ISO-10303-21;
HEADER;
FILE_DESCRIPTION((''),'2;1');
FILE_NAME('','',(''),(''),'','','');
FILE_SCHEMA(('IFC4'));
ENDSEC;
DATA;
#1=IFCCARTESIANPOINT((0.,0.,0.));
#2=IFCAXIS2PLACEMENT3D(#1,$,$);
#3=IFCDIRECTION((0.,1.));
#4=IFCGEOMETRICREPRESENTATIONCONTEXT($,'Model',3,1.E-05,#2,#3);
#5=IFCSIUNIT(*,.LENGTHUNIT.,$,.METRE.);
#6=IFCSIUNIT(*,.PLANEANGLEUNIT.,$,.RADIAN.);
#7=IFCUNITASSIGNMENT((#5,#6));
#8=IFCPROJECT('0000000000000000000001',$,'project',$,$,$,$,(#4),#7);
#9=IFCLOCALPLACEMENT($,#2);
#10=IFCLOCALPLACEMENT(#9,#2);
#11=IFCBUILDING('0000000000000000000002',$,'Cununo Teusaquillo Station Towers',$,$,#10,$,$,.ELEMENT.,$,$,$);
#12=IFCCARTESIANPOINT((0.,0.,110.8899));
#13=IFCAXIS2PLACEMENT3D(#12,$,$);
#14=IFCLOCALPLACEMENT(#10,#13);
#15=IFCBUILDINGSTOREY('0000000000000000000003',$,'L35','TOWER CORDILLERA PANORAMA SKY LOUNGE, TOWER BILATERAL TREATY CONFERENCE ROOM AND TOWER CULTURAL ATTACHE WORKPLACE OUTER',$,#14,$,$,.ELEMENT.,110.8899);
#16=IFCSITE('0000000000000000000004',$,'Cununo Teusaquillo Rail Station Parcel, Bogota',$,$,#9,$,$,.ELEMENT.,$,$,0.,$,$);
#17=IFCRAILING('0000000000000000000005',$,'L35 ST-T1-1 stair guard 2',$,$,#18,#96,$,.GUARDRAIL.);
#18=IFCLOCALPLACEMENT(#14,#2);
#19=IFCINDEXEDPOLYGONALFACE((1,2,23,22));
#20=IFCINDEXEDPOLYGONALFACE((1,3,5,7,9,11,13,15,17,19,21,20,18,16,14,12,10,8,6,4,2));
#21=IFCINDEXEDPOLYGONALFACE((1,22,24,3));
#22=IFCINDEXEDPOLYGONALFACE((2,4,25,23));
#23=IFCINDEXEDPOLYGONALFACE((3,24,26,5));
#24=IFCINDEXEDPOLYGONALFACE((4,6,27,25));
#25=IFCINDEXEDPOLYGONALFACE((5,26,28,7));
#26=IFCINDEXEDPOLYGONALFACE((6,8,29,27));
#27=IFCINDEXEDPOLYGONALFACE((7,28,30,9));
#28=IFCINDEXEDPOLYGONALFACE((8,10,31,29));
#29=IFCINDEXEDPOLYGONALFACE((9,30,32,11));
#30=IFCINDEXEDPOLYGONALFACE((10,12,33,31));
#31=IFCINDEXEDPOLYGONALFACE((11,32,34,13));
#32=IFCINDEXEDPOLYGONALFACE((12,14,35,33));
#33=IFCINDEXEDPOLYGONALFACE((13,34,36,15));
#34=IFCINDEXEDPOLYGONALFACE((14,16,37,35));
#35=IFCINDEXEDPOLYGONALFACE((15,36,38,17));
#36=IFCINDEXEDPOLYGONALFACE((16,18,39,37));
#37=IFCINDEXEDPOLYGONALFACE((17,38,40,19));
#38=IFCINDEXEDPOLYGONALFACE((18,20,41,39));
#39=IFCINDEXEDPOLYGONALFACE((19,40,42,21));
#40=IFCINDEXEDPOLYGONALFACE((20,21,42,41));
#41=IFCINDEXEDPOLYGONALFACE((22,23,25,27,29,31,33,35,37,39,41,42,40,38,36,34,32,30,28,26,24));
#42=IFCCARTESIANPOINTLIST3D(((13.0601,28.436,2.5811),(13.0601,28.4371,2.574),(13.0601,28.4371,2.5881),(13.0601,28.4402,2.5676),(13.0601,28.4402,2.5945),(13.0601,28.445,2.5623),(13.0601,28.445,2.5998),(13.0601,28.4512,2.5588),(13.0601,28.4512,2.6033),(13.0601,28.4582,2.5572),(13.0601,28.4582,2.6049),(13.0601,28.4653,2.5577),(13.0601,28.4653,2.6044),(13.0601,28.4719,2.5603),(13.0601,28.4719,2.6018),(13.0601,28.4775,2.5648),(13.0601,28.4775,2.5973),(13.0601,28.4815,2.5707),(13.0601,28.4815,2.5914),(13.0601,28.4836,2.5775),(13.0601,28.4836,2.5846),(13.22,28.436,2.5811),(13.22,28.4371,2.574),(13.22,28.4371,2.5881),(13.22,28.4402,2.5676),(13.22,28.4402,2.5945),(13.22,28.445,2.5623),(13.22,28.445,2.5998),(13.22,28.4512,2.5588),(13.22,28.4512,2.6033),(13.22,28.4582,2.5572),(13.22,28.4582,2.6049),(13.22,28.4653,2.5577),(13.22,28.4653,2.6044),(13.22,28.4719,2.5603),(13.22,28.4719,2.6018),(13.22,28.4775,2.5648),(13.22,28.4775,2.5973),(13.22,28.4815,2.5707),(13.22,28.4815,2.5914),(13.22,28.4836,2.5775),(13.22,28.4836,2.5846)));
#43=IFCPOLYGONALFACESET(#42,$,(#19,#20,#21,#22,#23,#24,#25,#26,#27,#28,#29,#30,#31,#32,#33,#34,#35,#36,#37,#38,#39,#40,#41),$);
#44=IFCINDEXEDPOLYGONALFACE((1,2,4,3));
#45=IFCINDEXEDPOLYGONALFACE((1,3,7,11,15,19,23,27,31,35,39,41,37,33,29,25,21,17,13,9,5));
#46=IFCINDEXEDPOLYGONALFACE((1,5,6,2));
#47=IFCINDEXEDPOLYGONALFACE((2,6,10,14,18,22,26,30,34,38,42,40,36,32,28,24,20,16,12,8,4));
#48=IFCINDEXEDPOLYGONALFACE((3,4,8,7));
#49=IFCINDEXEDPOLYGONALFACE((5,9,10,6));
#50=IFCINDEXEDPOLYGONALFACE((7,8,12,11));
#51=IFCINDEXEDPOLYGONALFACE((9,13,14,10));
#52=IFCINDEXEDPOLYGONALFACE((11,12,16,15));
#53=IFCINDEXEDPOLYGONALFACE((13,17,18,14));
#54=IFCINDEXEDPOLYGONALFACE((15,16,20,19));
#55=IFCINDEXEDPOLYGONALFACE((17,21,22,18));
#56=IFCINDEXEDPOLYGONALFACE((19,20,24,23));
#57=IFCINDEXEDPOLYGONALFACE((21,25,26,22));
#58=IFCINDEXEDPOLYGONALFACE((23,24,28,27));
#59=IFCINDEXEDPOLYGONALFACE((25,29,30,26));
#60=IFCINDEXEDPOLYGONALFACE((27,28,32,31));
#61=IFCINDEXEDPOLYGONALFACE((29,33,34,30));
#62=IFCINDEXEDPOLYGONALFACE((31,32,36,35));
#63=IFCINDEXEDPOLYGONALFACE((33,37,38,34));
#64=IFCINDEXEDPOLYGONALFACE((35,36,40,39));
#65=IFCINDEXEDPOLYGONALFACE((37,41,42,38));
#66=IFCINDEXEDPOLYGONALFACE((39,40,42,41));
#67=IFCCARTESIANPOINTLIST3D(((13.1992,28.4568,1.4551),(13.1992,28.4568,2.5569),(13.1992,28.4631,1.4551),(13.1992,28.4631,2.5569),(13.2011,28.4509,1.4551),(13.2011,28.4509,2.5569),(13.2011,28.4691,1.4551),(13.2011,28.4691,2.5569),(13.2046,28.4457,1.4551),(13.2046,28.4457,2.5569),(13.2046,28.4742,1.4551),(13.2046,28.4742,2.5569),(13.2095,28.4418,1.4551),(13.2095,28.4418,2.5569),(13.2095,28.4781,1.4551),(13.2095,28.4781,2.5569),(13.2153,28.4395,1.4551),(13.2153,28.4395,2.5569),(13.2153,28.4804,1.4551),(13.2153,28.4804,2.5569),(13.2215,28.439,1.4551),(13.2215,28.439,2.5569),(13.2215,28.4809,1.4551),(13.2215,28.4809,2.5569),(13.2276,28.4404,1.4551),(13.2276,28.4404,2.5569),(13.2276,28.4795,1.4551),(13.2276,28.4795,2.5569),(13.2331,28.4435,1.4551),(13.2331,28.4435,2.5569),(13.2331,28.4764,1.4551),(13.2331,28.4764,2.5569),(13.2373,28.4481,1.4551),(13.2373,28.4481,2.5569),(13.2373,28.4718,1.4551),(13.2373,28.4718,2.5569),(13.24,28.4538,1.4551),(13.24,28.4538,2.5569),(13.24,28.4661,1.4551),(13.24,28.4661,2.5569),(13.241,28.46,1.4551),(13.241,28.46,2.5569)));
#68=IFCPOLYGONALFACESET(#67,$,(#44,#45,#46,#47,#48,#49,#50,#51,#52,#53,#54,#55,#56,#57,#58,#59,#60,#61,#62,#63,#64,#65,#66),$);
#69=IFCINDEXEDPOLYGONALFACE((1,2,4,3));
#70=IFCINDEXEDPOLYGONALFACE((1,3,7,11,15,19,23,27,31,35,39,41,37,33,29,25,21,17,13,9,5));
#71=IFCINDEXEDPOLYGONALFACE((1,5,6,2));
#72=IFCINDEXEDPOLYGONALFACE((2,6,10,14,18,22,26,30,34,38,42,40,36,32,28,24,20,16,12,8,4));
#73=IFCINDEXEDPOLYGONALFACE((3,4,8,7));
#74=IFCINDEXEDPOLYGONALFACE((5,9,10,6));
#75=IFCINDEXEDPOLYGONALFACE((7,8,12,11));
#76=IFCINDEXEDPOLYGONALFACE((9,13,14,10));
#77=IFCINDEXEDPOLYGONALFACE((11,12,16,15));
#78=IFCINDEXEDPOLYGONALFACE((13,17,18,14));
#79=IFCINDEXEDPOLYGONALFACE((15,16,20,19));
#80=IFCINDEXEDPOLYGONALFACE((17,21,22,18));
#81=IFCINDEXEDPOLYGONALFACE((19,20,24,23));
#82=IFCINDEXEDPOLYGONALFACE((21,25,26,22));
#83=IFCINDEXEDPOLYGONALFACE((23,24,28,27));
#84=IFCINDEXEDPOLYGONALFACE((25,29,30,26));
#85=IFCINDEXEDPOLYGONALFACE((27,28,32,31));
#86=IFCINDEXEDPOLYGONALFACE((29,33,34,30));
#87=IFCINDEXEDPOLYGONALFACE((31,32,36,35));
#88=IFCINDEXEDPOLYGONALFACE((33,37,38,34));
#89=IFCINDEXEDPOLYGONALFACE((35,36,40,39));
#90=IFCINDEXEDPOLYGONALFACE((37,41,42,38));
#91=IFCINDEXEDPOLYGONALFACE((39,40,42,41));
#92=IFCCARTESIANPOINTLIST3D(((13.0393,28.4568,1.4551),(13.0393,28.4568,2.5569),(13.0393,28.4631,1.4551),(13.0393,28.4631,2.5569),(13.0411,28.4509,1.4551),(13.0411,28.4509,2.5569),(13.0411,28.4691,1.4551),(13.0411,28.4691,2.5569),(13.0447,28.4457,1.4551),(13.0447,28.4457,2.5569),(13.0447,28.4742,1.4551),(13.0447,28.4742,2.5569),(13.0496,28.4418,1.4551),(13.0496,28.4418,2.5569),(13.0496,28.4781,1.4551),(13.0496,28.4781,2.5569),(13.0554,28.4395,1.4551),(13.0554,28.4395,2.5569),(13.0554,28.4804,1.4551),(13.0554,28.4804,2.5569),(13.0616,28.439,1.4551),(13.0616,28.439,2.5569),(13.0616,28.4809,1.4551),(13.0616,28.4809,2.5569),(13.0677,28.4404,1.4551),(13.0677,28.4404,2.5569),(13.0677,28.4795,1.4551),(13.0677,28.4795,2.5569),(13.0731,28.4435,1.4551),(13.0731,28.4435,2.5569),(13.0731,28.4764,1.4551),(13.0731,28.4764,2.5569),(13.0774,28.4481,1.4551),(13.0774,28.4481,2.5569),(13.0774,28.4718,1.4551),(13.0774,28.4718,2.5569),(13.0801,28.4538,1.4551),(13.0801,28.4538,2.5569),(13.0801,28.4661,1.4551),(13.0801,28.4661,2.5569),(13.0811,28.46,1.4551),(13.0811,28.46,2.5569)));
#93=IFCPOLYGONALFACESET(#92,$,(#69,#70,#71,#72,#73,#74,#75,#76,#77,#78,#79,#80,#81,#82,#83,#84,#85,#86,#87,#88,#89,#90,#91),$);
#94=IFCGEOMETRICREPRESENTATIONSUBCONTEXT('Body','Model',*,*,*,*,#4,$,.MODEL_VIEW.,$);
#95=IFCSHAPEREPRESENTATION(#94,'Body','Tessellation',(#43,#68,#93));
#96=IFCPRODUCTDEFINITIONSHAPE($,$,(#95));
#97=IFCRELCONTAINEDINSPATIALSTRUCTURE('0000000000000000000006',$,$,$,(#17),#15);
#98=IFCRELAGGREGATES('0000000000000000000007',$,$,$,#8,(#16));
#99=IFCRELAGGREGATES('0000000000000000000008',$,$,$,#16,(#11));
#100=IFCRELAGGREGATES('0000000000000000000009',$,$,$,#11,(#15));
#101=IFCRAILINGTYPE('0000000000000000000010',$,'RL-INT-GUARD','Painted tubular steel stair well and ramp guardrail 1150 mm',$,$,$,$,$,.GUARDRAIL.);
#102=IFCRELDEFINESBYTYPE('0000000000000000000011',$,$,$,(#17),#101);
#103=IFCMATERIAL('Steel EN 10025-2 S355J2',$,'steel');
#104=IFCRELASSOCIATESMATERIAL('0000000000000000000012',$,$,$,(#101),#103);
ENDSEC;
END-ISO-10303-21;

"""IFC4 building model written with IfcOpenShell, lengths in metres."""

from ifc_helpers import new_model, si_unit, direction, frame, origin, origin_2d, place, context, subcontext, project, spatial, circle, extrude, material, type_object, element, save


model = new_model("IFC4")

# Units and contexts
model_context = context("Model", 3, precision=1e-05, world=origin(), true_north=direction((0.0, 1.0)))
body_context = subcontext(model_context, "Body", "Model", "MODEL_VIEW")
ifc_project = project(units=[si_unit("LENGTHUNIT", "METRE"), si_unit("PLANEANGLEUNIT", "RADIAN")], contexts=[model_context])

# Site, building, storey
site_placement = place(None, origin())
site = spatial("IfcSite", under=ifc_project, at=site_placement, Name="Cununo Teusaquillo Rail Station Parcel, Bogota", CompositionType="ELEMENT", RefElevation=0.0)
building_placement = place(site_placement, origin())
building = spatial("IfcBuilding", under=site, at=building_placement, Name="Cununo Teusaquillo Station Towers", CompositionType="ELEMENT")
storey_placement = place(building_placement, frame((0.0, 0.0, 110.8899)))
storey = spatial("IfcBuildingStorey", under=building, at=storey_placement, Name="L35", Description="TOWER CORDILLERA PANORAMA SKY LOUNGE, TOWER BILATERAL TREATY CONFERENCE ROOM AND TOWER CULTURAL ATTACHE WORKPLACE OUTER", CompositionType="ELEMENT", Elevation=110.8899)

# Railing
ifc_material_1 = material(Name="Steel EN 10025-2 S355J2", Category="steel")
railing_type_1 = type_object("IfcRailingType", Name="RL-INT-GUARD", Description="Painted tubular steel stair well and ramp guardrail 1150 mm", PredefinedType="GUARDRAIL", material=ifc_material_1)
railing_1_placement = place(storey_placement, frame((13.22, 28.46, 1.4551)))
element("IfcRailing", 1, at=railing_1_placement, inside=storey, type_object=railing_type_1, Name="L35 ST-T1-1 stair guard 2", PredefinedType="GUARDRAIL", context=body_context, shape_type="SweptSolid", body=[
    extrude(circle(Radius=0.0239, at=origin_2d()), frame((0.0, 0.0, 1.126), z_axis=(-1.0, 0.0, 0.0), x_axis=(0.0, -1.0, 0.0)), (0.0, 0.0, 1.0), 0.1599),
    extrude(circle(Radius=0.021, at=origin_2d()), origin(), (0.0, 0.0, 1.0), 1.1018),
    extrude(circle(Radius=0.021, at=origin_2d()), frame((-0.1599, 0.0, 0.0)), (0.0, 0.0, 1.0), 1.1018),
])

save(model, "model.ifc")
